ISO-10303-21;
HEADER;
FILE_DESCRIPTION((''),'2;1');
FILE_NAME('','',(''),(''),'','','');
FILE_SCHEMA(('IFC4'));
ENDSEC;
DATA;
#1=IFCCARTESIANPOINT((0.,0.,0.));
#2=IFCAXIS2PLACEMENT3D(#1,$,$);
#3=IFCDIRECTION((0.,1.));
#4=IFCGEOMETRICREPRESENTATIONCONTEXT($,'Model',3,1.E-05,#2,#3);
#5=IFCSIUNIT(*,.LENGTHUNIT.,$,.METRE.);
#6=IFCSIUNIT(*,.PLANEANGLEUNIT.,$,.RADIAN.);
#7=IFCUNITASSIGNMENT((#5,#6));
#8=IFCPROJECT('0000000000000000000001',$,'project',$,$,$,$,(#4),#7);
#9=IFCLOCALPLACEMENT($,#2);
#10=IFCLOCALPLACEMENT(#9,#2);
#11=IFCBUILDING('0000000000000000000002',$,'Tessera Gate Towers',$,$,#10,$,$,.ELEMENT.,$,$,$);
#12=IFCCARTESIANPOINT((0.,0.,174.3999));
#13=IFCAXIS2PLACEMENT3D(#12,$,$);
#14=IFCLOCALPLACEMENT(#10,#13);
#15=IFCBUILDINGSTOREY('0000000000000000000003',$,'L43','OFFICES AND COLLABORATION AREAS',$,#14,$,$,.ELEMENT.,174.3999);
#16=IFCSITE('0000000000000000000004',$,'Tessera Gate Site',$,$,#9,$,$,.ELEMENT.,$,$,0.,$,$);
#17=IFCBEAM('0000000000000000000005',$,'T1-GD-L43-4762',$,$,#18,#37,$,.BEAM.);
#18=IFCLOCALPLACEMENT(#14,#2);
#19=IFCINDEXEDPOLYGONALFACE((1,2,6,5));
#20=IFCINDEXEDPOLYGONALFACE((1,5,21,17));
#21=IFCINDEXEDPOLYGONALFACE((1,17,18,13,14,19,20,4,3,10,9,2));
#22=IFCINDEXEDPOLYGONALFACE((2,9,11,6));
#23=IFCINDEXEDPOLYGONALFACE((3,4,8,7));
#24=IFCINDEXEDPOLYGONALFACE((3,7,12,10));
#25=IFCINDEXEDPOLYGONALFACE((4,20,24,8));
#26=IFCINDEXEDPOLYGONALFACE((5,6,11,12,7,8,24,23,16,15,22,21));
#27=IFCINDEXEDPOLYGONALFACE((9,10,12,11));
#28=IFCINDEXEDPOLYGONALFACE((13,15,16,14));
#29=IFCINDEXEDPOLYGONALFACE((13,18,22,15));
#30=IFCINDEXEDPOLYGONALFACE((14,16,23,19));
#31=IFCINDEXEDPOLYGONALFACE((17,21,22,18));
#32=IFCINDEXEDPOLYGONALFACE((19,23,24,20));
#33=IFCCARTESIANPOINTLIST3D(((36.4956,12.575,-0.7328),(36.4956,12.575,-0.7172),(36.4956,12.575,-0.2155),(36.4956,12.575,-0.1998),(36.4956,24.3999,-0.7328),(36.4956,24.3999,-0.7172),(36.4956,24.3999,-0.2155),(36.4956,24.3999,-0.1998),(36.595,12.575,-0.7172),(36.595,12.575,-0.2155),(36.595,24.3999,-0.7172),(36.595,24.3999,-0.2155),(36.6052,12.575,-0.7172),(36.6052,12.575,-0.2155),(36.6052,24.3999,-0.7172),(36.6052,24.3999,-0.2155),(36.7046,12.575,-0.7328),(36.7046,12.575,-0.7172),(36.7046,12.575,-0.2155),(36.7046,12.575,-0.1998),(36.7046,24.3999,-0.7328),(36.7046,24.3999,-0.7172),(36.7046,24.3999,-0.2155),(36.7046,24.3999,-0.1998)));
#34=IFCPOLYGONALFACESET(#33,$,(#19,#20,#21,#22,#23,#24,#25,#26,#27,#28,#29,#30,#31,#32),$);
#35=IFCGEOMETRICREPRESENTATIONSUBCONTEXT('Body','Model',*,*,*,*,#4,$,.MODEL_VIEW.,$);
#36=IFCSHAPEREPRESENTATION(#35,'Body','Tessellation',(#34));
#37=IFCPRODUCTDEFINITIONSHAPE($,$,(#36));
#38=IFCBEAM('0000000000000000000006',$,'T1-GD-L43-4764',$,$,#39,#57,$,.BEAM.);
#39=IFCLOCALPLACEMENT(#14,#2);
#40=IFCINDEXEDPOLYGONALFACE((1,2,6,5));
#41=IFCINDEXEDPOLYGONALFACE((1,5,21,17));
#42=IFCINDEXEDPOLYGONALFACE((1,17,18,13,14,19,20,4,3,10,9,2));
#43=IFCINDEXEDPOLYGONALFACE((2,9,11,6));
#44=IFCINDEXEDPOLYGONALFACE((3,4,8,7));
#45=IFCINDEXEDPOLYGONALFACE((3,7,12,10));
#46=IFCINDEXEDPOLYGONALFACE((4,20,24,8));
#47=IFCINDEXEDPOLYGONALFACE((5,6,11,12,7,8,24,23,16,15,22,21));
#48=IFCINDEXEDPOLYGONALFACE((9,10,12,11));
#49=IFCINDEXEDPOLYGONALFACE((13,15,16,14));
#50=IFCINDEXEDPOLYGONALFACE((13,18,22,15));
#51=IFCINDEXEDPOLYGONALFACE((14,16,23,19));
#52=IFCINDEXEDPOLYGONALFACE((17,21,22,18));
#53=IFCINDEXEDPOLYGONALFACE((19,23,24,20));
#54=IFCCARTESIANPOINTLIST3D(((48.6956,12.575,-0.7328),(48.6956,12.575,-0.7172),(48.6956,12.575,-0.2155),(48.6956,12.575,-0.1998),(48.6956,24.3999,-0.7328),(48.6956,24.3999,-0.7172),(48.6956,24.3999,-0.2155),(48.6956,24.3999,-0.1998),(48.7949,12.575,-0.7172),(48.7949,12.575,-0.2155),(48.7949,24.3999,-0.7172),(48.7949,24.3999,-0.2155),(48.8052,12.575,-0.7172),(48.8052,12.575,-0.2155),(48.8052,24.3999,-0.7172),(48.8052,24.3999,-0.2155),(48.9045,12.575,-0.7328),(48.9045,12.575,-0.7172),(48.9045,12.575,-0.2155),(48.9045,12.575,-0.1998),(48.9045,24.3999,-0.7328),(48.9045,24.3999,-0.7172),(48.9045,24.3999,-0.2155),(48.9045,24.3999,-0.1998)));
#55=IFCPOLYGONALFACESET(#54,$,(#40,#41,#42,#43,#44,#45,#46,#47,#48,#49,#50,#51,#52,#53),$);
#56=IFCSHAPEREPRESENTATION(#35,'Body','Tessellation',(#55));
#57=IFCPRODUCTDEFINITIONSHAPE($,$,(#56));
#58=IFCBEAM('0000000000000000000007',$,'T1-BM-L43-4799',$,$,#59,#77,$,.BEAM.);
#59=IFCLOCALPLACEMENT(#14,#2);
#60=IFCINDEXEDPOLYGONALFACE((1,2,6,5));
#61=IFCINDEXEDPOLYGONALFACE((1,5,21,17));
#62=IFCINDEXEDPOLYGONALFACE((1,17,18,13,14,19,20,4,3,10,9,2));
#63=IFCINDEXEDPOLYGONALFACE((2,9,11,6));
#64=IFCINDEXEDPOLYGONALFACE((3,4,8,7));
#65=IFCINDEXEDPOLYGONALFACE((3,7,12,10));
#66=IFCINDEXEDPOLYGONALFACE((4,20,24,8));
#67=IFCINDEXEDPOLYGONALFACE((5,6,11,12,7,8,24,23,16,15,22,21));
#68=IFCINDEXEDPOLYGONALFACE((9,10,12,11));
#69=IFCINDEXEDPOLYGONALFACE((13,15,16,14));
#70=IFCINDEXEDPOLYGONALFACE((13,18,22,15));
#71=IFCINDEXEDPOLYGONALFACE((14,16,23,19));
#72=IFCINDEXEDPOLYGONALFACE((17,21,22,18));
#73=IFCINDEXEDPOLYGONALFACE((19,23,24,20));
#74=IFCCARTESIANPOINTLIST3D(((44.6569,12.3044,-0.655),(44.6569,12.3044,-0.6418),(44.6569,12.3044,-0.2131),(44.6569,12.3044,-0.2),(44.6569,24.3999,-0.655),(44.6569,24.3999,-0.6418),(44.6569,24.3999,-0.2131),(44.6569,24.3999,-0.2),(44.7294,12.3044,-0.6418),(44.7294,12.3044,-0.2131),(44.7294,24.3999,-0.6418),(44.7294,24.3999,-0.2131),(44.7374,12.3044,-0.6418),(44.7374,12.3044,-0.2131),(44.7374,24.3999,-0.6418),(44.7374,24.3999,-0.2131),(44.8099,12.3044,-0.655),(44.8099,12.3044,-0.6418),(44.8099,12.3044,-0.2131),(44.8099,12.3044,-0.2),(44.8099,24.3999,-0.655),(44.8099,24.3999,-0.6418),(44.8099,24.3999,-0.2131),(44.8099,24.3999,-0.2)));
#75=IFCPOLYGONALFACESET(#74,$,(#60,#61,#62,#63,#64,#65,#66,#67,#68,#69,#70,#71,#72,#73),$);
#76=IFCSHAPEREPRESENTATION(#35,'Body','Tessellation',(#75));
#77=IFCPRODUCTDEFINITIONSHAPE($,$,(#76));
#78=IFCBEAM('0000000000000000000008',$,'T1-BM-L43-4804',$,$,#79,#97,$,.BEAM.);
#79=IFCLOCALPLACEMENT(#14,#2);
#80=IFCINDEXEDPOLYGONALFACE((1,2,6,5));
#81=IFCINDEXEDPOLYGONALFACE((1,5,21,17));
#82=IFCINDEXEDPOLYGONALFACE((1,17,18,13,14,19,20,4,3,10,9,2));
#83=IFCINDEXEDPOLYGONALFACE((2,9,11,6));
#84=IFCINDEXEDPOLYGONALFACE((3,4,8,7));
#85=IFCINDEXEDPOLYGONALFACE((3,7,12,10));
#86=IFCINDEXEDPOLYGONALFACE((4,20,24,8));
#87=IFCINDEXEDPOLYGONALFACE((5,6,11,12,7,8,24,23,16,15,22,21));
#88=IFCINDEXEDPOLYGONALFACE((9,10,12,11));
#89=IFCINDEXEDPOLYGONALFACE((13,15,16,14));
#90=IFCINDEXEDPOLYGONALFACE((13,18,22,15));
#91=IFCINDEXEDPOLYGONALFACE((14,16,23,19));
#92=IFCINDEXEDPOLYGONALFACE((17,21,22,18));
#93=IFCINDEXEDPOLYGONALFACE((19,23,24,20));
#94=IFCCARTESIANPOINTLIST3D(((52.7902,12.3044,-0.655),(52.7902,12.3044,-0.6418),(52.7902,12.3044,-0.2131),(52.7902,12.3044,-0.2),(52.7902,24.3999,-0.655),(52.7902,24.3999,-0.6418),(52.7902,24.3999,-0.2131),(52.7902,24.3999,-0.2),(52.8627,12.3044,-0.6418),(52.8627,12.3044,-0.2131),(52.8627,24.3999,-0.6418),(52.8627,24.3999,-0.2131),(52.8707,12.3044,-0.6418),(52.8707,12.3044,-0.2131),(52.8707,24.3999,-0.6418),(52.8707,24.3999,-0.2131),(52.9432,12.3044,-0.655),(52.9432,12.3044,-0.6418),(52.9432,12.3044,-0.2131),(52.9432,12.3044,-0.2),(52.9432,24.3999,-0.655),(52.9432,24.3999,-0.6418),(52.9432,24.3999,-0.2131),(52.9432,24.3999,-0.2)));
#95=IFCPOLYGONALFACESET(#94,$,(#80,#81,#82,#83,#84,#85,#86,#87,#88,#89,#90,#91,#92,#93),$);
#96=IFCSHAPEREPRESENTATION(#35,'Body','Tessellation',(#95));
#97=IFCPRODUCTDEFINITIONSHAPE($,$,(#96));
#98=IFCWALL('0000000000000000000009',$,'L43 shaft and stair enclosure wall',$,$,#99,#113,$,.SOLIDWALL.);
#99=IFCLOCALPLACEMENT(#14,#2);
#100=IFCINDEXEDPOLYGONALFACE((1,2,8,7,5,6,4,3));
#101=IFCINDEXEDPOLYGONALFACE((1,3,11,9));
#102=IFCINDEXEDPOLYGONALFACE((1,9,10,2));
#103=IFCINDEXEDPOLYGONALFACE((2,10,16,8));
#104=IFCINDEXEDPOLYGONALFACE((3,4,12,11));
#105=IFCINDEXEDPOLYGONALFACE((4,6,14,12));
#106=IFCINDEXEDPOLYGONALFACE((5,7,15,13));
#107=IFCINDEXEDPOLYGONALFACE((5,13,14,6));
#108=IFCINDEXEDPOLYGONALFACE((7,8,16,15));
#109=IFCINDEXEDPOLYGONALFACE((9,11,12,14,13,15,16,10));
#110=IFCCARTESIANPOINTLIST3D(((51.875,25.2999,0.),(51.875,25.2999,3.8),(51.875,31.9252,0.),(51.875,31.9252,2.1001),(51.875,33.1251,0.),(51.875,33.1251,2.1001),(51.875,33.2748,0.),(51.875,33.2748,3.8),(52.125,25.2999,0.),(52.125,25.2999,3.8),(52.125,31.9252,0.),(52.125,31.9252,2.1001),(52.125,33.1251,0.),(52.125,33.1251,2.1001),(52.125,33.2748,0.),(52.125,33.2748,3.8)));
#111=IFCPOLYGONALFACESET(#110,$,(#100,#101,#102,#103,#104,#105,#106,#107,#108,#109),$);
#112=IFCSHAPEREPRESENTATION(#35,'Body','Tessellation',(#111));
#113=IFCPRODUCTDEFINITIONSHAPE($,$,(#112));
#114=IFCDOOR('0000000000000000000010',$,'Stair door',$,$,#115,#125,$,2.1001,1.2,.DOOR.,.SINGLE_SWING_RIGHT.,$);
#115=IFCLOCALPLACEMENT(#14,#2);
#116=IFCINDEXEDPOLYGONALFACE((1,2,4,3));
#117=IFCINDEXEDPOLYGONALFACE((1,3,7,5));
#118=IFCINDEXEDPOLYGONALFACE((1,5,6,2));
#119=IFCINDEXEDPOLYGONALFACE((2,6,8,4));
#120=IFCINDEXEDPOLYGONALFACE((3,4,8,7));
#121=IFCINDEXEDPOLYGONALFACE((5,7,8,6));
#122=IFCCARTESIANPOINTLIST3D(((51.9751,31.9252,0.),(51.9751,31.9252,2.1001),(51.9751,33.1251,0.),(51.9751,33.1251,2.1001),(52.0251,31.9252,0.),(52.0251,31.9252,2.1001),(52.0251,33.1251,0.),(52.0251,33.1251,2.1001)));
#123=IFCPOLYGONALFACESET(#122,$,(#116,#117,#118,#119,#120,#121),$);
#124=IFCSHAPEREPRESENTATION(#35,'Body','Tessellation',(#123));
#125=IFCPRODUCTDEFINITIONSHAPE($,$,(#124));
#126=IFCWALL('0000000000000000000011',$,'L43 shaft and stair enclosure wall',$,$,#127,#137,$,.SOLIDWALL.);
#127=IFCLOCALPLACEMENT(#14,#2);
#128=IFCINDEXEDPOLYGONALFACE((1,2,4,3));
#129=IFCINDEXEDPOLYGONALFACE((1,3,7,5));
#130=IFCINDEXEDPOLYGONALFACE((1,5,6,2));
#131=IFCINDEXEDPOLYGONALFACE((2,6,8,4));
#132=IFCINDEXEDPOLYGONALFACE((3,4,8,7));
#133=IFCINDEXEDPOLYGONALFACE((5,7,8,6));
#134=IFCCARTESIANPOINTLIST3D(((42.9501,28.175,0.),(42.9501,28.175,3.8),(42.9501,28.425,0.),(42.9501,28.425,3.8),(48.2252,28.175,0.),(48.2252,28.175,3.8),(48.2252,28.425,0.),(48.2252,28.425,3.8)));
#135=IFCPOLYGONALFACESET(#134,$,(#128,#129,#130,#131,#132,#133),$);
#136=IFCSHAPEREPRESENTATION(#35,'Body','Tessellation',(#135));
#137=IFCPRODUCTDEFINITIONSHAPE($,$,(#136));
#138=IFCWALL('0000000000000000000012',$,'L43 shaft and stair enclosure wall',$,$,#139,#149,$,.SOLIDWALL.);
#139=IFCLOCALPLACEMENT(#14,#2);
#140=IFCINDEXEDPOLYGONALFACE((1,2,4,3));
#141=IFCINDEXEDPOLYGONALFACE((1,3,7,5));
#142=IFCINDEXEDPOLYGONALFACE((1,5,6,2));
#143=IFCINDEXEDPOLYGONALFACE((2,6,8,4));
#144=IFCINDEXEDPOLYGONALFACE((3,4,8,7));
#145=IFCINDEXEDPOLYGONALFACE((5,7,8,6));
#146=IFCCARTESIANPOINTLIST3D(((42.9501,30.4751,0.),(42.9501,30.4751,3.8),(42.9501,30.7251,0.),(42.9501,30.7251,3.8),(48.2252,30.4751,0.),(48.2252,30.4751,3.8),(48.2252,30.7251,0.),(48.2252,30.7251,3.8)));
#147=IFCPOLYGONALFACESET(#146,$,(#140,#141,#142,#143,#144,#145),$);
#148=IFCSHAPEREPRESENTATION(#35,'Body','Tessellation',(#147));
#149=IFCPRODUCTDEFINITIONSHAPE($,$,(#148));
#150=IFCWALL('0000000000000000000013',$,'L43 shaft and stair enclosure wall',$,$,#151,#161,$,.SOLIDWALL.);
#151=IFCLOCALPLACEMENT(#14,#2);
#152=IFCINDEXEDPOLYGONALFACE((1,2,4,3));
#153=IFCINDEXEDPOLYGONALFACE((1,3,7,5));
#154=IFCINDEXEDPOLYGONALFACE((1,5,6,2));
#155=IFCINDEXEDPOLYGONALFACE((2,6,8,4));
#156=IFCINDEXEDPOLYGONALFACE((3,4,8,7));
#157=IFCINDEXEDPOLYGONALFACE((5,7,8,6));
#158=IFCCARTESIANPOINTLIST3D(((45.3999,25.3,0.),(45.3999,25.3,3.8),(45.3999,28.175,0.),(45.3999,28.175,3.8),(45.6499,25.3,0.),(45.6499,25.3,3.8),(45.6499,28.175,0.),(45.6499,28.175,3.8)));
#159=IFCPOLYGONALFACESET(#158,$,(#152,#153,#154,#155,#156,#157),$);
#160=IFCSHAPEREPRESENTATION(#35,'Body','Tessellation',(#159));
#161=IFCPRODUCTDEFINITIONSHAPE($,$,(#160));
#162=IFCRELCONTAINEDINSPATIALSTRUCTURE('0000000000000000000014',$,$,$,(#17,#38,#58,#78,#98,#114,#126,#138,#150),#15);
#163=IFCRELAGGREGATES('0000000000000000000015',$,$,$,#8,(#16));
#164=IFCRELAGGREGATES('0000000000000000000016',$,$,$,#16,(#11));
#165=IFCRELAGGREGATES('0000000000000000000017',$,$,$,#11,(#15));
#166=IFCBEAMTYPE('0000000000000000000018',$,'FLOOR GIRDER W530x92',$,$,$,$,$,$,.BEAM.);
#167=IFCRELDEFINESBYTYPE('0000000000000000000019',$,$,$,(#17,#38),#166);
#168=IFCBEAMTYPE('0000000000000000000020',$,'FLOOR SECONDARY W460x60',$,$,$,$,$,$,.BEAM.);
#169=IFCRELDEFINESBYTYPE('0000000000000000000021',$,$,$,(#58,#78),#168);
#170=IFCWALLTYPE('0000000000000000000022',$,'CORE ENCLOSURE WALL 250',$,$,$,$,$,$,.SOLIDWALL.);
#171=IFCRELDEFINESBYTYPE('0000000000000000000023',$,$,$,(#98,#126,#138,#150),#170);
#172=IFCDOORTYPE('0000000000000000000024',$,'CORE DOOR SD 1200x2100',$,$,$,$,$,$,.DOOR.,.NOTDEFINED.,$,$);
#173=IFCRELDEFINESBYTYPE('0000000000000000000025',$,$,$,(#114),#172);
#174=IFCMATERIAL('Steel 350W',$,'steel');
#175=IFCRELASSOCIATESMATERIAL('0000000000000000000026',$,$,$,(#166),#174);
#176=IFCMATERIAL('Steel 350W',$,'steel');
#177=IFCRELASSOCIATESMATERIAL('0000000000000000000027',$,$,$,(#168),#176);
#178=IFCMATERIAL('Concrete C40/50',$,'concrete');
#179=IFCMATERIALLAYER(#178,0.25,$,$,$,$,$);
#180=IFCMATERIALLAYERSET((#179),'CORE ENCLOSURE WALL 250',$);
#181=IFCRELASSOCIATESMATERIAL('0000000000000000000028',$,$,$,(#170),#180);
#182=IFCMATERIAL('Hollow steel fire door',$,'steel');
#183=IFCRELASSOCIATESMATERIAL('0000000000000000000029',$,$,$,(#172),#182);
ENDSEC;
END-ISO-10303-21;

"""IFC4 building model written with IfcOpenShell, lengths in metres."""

from ifc_helpers import new_model, si_unit, direction, frame, frame_2d, origin, origin_2d, place, context, subcontext, project, spatial, rectangle, i_section, extrude, source, transform, mapped, material, layer, layer_set, material_profile, profile_set, type_object, element, fill, save


model = new_model("IFC4")

# Units and contexts
model_context = context("Model", 3, precision=1e-05, world=origin(), true_north=direction((0.0, 1.0)))
body_context = subcontext(model_context, "Body", "Model", "MODEL_VIEW")
ifc_project = project(units=[si_unit("LENGTHUNIT", "METRE"), si_unit("PLANEANGLEUNIT", "RADIAN")], contexts=[model_context])

# Site, building, storey
site_placement = place(None, origin())
site = spatial("IfcSite", under=ifc_project, at=site_placement, Name="Tessera Gate Site", CompositionType="ELEMENT", RefElevation=0.0)
building_placement = place(site_placement, origin())
building = spatial("IfcBuilding", under=site, at=building_placement, Name="Tessera Gate Towers", CompositionType="ELEMENT")
storey_placement = place(building_placement, frame((0.0, 0.0, 174.3999)))
storey = spatial("IfcBuildingStorey", under=building, at=storey_placement, Name="L43", Description="OFFICES AND COLLABORATION AREAS", CompositionType="ELEMENT", Elevation=174.3999)

# Beams
ifc_material_1 = material(Name="Steel 350W", Category="steel")
ifc_material_profile_1 = material_profile(ifc_material_1, i_section(OverallWidth=0.209, OverallDepth=0.533, WebThickness=0.0103, FlangeThickness=0.0156, at=origin_2d()), Name="W530x92")
ifc_profile_set_1 = profile_set([ifc_material_profile_1], Name="Steel 350W")
beam_type_1 = type_object("IfcBeamType", Name="FLOOR GIRDER W530x92", PredefinedType="BEAM", material=ifc_profile_set_1)
for number, where, z_axis, x_axis, name in (
    (1, (36.6001, 12.575, -0.4663), (0.0, 1.0, 0.0), (-1.0, 0.0, 0.0), "T1-GD-L43-4762"),
    (2, (48.8, 12.575, -0.4663), (0.0, 1.0, 0.0), (-1.0, 0.0, 0.0), "T1-GD-L43-4764"),
):
    element("IfcBeam", number, at=place(storey_placement, frame(where, z_axis=z_axis, x_axis=x_axis)), inside=storey, type_object=beam_type_1, Name=name, PredefinedType="BEAM", context=body_context, shape_type="SweptSolid", body=[
        extrude(i_section(OverallWidth=0.209, OverallDepth=0.533, WebThickness=0.0103, FlangeThickness=0.0156, at=origin_2d()), origin(), (0.0, 0.0, 1.0), 11.825),
    ])
ifc_material_2 = material(Name="Steel 350W", Category="steel")
ifc_material_profile_2 = material_profile(ifc_material_2, i_section(OverallWidth=0.1531, OverallDepth=0.4551, WebThickness=0.0081, FlangeThickness=0.0132, at=origin_2d()), Name="W460x60")
ifc_profile_set_2 = profile_set([ifc_material_profile_2], Name="Steel 350W")
beam_type_2 = type_object("IfcBeamType", Name="FLOOR SECONDARY W460x60", PredefinedType="BEAM", material=ifc_profile_set_2)
for number, where, z_axis, x_axis, name in (
    (3, (44.7334, 12.3044, -0.4275), (0.0, 1.0, 0.0), (-1.0, 0.0, 0.0), "T1-BM-L43-4799"),
    (4, (52.8667, 12.3044, -0.4275), (0.0, 1.0, 0.0), (-1.0, 0.0, 0.0), "T1-BM-L43-4804"),
):
    element("IfcBeam", number, at=place(storey_placement, frame(where, z_axis=z_axis, x_axis=x_axis)), inside=storey, type_object=beam_type_2, Name=name, PredefinedType="BEAM", context=body_context, shape_type="SweptSolid", body=[
        extrude(i_section(OverallWidth=0.1531, OverallDepth=0.4551, WebThickness=0.0081, FlangeThickness=0.0132, at=origin_2d()), origin(), (0.0, 0.0, 1.0), 12.0955),
    ])

# Wall, opening, door
ifc_material_3 = material(Name="Concrete C40/50", Category="concrete")
ifc_layer_1 = layer(ifc_material_3, 0.25)
ifc_layer_set_1 = layer_set([ifc_layer_1], Name="CORE ENCLOSURE WALL 250")
wall_type_1 = type_object("IfcWallType", Name="CORE ENCLOSURE WALL 250", PredefinedType="SOLIDWALL", material=ifc_layer_set_1)
wall_1_placement = place(storey_placement, frame((52.0, 25.3, 0.0), z_axis=(0.0, 0.0, 1.0), x_axis=(0.0, 1.0, 0.0)))
wall_1 = element("IfcWall", 5, at=wall_1_placement, inside=storey, type_object=wall_type_1, Name="L43 shaft and stair enclosure wall", PredefinedType="SOLIDWALL", context=body_context, shape_type="SweptSolid", body=[
    extrude(rectangle(XDim=7.9749, YDim=0.25, at=frame_2d((3.9873, 0.0))), origin(), (0.0, 0.0, 1.0), 3.8),
])
shared_shape_1 = source(origin(), body_context, "Body", "SweptSolid", [
    extrude(rectangle(XDim=1.2, YDim=2.1001, at=frame_2d((0.6001, 1.05))), frame((0.0, 0.135, 0.0), z_axis=(0.0, -1.0, 0.0), x_axis=(1.0, 0.0, 0.0)), (0.0, 0.0, 1.0), 0.27),
])
opening_1_placement = place(wall_1_placement, frame((6.625, 0.0, 0.0)))
opening_1 = element("IfcOpeningElement", 6, at=opening_1_placement, cuts=wall_1, PredefinedType="OPENING", context=body_context, shape_type="MappedRepresentation", body=[
    mapped(shared_shape_1, transform((0.0, 0.0, 0.0), scale=1.0)),
])
ifc_material_4 = material(Name="Hollow steel fire door", Category="steel")
door_type_1 = type_object("IfcDoorType", Name="CORE DOOR SD 1200x2100", OperationType="NOTDEFINED", PredefinedType="DOOR", material=ifc_material_4)
shared_shape_2 = source(origin(), body_context, "Body", "SweptSolid", [
    extrude(rectangle(XDim=1.2, YDim=2.1001, at=frame_2d((0.6001, 1.05))), frame((0.0, 0.0249, 0.0), z_axis=(0.0, -1.0, 0.0), x_axis=(1.0, 0.0, 0.0)), (0.0, 0.0, 1.0), 0.05),
])
door_1_placement = place(opening_1_placement, origin())
door_1 = element("IfcDoor", 7, at=door_1_placement, inside=storey, type_object=door_type_1, Name="Stair door", OperationType="SINGLE_SWING_RIGHT", OverallHeight=2.1001, OverallWidth=1.2, PredefinedType="DOOR", context=body_context, shape_type="MappedRepresentation", body=[
    mapped(shared_shape_2, transform((0.0, 0.0, 0.0), scale=1.0)),
])
fill(opening_1, door_1)

# Walls
for number, where, z_axis, x_axis, name in (
    (8, (42.95, 28.3, 0.0), (0.0, 0.0, 1.0), (1.0, 0.0, 0.0), "L43 shaft and stair enclosure wall"),
    (9, (42.95, 30.6001, 0.0), (0.0, 0.0, 1.0), (1.0, 0.0, 0.0), "L43 shaft and stair enclosure wall"),
):
    element("IfcWall", number, at=place(storey_placement, frame(where, z_axis=z_axis, x_axis=x_axis)), inside=storey, type_object=wall_type_1, Name=name, PredefinedType="SOLIDWALL", context=body_context, shape_type="SweptSolid", body=[
        extrude(rectangle(XDim=5.2751, YDim=0.25, at=frame_2d((2.6377, 0.0))), origin(), (0.0, 0.0, 1.0), 3.8),
    ])
wall_2_placement = place(storey_placement, frame((45.5249, 25.3, 0.0), z_axis=(0.0, 0.0, 1.0), x_axis=(0.0, 1.0, 0.0)))
element("IfcWall", 10, at=wall_2_placement, inside=storey, type_object=wall_type_1, Name="L43 shaft and stair enclosure wall", PredefinedType="SOLIDWALL", context=body_context, shape_type="SweptSolid", body=[
    extrude(rectangle(XDim=2.875, YDim=0.25, at=frame_2d((1.4375, 0.0))), origin(), (0.0, 0.0, 1.0), 3.8),
])

save(model, "model.ifc")
